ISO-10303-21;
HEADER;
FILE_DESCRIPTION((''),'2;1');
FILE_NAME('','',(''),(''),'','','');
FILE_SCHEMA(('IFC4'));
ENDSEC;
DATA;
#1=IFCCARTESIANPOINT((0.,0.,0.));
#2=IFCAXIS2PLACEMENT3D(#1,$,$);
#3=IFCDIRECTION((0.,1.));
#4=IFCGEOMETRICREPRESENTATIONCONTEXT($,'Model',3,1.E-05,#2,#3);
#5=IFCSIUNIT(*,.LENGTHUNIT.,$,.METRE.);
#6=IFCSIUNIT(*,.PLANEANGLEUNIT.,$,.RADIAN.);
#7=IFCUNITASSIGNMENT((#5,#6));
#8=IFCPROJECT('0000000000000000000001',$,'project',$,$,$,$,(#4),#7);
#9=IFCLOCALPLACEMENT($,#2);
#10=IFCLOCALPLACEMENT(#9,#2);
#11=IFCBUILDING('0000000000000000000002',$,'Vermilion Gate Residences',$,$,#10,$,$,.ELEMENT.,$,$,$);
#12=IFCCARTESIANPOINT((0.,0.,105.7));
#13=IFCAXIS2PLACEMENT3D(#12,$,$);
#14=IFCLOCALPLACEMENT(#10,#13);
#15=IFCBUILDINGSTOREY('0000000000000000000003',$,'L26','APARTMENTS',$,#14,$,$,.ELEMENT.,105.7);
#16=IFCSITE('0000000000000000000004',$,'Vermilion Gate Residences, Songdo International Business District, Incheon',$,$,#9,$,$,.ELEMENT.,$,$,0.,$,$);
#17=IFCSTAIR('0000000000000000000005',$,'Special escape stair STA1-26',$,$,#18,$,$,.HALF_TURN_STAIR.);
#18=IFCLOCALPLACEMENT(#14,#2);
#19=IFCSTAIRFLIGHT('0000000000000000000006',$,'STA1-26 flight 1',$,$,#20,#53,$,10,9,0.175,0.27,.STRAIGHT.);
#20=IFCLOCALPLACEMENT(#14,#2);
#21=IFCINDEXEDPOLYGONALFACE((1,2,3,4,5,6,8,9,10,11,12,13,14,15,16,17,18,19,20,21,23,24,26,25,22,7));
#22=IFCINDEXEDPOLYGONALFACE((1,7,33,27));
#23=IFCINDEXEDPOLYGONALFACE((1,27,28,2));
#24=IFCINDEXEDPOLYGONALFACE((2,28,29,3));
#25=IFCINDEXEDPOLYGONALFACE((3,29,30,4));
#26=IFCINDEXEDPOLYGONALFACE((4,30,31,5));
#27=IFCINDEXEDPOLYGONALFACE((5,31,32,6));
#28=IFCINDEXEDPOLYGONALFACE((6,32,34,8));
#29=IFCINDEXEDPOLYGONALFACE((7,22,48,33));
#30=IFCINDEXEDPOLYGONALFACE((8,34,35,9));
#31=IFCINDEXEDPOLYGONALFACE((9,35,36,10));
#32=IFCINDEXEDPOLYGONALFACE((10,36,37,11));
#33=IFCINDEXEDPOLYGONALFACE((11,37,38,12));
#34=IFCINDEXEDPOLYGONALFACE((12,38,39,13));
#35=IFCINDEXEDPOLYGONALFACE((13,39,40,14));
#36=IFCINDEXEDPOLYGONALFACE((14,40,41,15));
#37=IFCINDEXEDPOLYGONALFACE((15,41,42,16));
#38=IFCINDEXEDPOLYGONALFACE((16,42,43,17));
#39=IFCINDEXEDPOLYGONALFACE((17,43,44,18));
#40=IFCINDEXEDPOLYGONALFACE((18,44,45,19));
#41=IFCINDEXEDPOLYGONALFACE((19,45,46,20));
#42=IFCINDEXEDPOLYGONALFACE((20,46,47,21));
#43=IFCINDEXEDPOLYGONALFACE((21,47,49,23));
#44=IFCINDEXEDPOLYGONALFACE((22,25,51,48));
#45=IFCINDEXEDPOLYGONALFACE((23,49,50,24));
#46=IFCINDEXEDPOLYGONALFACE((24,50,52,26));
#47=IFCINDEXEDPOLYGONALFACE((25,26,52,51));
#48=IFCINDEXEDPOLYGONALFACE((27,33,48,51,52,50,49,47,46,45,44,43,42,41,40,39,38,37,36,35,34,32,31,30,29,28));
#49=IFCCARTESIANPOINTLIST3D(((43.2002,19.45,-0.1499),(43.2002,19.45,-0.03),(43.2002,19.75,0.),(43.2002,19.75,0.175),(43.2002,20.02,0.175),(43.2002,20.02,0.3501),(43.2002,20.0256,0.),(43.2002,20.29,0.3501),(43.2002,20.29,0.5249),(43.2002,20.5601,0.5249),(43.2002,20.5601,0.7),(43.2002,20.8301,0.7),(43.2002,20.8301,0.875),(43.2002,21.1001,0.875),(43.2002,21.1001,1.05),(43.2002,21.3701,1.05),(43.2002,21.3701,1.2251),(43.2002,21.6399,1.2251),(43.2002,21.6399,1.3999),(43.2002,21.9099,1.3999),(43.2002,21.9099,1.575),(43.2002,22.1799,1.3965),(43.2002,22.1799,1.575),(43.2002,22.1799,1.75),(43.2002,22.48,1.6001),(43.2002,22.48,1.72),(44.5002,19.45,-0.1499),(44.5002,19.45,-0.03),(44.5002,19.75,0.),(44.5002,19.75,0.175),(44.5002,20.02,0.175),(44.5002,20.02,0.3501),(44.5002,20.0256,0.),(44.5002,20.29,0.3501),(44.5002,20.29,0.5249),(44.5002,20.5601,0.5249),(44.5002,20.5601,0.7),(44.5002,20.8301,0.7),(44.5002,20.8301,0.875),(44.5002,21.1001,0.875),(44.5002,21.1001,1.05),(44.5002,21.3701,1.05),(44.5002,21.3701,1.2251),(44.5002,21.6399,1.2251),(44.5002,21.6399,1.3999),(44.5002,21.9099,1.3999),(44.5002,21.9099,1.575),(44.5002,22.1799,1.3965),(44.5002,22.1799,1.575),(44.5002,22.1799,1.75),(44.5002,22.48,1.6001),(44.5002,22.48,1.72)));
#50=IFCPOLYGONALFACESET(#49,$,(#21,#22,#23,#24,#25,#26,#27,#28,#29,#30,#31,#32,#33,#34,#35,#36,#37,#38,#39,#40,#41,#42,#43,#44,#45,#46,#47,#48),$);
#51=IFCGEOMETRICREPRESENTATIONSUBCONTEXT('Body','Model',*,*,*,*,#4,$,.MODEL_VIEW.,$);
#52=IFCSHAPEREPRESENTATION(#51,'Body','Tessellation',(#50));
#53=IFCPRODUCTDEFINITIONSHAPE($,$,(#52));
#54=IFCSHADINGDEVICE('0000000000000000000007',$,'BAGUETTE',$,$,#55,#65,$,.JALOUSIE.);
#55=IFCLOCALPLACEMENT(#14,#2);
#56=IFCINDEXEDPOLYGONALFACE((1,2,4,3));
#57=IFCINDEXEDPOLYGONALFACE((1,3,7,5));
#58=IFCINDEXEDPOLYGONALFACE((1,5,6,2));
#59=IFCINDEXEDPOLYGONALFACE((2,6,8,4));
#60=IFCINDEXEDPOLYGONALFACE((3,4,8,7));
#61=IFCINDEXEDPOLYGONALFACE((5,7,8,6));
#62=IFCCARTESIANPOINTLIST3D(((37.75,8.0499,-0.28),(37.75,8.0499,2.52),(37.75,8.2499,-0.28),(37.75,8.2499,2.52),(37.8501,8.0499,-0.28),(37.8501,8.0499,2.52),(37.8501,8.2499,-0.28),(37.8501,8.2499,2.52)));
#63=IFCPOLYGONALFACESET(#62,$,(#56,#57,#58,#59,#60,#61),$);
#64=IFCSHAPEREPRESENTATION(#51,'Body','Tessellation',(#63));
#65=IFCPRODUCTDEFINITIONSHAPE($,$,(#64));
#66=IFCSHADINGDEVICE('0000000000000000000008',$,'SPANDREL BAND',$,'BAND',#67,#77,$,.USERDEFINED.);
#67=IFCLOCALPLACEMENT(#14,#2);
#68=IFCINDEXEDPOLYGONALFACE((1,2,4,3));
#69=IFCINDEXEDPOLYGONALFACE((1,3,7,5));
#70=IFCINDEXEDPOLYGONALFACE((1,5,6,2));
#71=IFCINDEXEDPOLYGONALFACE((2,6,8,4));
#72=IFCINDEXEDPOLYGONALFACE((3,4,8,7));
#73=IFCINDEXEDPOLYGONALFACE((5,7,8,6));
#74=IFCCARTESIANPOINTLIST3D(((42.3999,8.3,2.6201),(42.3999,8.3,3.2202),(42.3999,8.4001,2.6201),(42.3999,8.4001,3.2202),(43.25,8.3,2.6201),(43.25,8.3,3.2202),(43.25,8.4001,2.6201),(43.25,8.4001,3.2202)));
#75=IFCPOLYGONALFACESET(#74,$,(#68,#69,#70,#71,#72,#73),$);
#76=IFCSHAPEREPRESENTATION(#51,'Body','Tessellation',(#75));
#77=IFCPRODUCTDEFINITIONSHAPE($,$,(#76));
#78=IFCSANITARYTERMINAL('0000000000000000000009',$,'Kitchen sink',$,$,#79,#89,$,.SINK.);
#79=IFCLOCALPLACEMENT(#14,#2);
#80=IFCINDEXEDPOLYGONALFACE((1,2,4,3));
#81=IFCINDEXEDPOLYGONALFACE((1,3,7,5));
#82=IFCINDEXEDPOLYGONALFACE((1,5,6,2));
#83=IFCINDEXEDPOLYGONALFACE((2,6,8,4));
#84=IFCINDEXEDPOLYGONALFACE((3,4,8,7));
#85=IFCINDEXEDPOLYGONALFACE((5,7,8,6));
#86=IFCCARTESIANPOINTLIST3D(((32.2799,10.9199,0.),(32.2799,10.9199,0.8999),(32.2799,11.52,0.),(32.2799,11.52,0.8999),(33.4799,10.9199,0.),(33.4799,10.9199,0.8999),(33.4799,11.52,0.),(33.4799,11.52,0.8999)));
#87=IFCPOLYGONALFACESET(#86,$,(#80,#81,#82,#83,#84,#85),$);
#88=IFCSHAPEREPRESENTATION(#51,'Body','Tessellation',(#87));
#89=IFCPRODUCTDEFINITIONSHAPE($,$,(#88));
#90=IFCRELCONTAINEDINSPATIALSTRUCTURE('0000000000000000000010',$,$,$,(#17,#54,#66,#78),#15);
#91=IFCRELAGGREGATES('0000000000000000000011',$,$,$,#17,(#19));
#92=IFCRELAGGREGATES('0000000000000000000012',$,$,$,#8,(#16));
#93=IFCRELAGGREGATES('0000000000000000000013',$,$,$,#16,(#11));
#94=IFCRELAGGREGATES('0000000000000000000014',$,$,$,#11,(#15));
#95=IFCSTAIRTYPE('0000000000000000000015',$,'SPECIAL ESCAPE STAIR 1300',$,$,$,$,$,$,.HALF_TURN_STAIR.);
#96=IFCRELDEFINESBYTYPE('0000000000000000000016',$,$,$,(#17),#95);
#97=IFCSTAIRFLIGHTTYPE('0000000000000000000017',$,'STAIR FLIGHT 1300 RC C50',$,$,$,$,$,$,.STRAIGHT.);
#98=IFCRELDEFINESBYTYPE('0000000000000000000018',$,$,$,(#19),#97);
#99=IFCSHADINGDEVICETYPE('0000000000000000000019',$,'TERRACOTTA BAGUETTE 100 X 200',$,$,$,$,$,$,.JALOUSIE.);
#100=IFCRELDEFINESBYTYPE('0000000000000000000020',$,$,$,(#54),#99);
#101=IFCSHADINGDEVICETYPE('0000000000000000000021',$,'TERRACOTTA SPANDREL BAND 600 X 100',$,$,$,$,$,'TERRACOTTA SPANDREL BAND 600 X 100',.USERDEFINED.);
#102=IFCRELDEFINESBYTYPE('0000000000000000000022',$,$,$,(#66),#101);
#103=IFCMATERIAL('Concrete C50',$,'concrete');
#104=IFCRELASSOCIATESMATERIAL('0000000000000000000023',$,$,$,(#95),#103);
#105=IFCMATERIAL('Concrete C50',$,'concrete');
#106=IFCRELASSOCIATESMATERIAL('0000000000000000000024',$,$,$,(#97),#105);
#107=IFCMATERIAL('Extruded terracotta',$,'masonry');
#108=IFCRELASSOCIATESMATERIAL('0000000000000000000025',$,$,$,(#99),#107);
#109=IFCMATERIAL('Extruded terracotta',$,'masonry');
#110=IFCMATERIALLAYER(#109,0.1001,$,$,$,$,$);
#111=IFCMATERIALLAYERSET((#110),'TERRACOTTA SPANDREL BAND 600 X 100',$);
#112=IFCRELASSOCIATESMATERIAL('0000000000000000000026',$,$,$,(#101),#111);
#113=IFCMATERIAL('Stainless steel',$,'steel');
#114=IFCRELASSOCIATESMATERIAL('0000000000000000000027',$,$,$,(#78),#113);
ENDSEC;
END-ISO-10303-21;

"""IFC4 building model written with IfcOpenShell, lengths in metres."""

from ifc_helpers import new_model, si_unit, direction, frame, origin, origin_2d, place, context, subcontext, project, spatial, polyline, rectangle, outline, extrude, material, layer, layer_set, material_profile, profile_set, type_object, element, aggregate, save


model = new_model("IFC4")

# Units and contexts
model_context = context("Model", 3, precision=1e-05, world=origin(), true_north=direction((0.0, 1.0)))
body_context = subcontext(model_context, "Body", "Model", "MODEL_VIEW")
ifc_project = project(units=[si_unit("LENGTHUNIT", "METRE"), si_unit("PLANEANGLEUNIT", "RADIAN")], contexts=[model_context])

# Site, building, storey
site_placement = place(None, origin())
site = spatial("IfcSite", under=ifc_project, at=site_placement, Name="Vermilion Gate Residences, Songdo International Business District, Incheon", CompositionType="ELEMENT", RefElevation=0.0)
building_placement = place(site_placement, origin())
building = spatial("IfcBuilding", under=site, at=building_placement, Name="Vermilion Gate Residences", CompositionType="ELEMENT")
storey_placement = place(building_placement, frame((0.0, 0.0, 105.7)))
storey = spatial("IfcBuildingStorey", under=building, at=storey_placement, Name="L26", Description="APARTMENTS", CompositionType="ELEMENT", Elevation=105.7)

# Stair, stair flight
ifc_material_1 = material(Name="Concrete C50", Category="concrete")
stair_type = type_object("IfcStairType", Name="SPECIAL ESCAPE STAIR 1300", PredefinedType="HALF_TURN_STAIR", material=ifc_material_1)
stair_placement = place(storey_placement, origin())
stair = element("IfcStair", 1, at=stair_placement, inside=storey, type_object=stair_type, Name="Special escape stair STA1-26", PredefinedType="HALF_TURN_STAIR")
ifc_material_2 = material(Name="Concrete C50", Category="concrete")
stair_flight_type = type_object("IfcStairFlightType", Name="STAIR FLIGHT 1300 RC C50", PredefinedType="STRAIGHT", material=ifc_material_2)
stair_flight_placement = place(storey_placement, frame((43.8501, 19.75, 0.0), z_axis=(0.0, 0.0, 1.0), x_axis=(0.0, 1.0, 0.0)))
stair_flight = element("IfcStairFlight", 2, at=stair_flight_placement, type_object=stair_flight_type, Name="STA1-26 flight 1", NumberOfRisers=10, NumberOfTreads=9, PredefinedType="STRAIGHT", RiserHeight=0.175, TreadLength=0.27, context=body_context, shape_type="SweptSolid", body=[
    extrude(outline(polyline([(-0.3, -0.1499), (-0.3, -0.03), (0.0, 0.0), (0.0, 0.175), (0.27, 0.175), (0.27, 0.3501), (0.54, 0.3501), (0.54, 0.5249), (0.8101, 0.5249), (0.8101, 0.7), (1.0801, 0.7), (1.0801, 0.875), (1.3501, 0.875), (1.3501, 1.05), (1.6201, 1.05), (1.6201, 1.2251), (1.8899, 1.2251), (1.8899, 1.3999), (2.1599, 1.3999), (2.1599, 1.575), (2.4299, 1.575), (2.4299, 1.75), (2.73, 1.72), (2.73, 1.6001), (2.4299, 1.3965), (0.2756, 0.0), (-0.3, -0.1499)])), frame((0.0, 0.6499, 0.0), z_axis=(0.0, -1.0, 0.0), x_axis=(1.0, 0.0, 0.0)), (0.0, 0.0, 1.0), 1.3),
])
aggregate(stair, [stair_flight])

# Shading devices
ifc_material_3 = material(Name="Extruded terracotta", Category="masonry")
ifc_material_profile_1 = material_profile(ifc_material_3, rectangle(XDim=0.2, YDim=0.1001, at=origin_2d()), Name="BAGUETTE 100 X 200")
ifc_profile_set_1 = profile_set([ifc_material_profile_1], Name="Extruded terracotta")
shading_device_type_1 = type_object("IfcShadingDeviceType", Name="TERRACOTTA BAGUETTE 100 X 200", PredefinedType="JALOUSIE", material=ifc_profile_set_1)
shading_device_1_placement = place(storey_placement, frame((37.8, 8.1499, -0.28), z_axis=(0.0, 0.0, 1.0), x_axis=(0.0, 1.0, 0.0)))
element("IfcShadingDevice", 3, at=shading_device_1_placement, inside=storey, type_object=shading_device_type_1, Name="BAGUETTE", PredefinedType="JALOUSIE", context=body_context, shape_type="SweptSolid", body=[
    extrude(rectangle(XDim=0.2, YDim=0.1001, at=origin_2d()), origin(), (0.0, 0.0, 1.0), 2.8),
])
ifc_material_4 = material(Name="Extruded terracotta", Category="masonry")
ifc_layer_1 = layer(ifc_material_4, 0.1001)
ifc_layer_set_1 = layer_set([ifc_layer_1], Name="TERRACOTTA SPANDREL BAND 600 X 100")
shading_device_type_2 = type_object("IfcShadingDeviceType", Name="TERRACOTTA SPANDREL BAND 600 X 100", ElementType="TERRACOTTA SPANDREL BAND 600 X 100", PredefinedType="USERDEFINED", material=ifc_layer_set_1)
shading_device_2_placement = place(storey_placement, frame((42.825, 8.3501, 2.6201), z_axis=(0.0, 0.0, 1.0), x_axis=(1.0, 0.0, 0.0)))
element("IfcShadingDevice", 4, at=shading_device_2_placement, inside=storey, type_object=shading_device_type_2, Name="SPANDREL BAND", ObjectType="BAND", PredefinedType="USERDEFINED", context=body_context, shape_type="SweptSolid", body=[
    extrude(rectangle(XDim=0.8501, YDim=0.1001, at=origin_2d()), origin(), (0.0, 0.0, 1.0), 0.6001),
])

# Sanitary terminal
ifc_material_5 = material(Name="Stainless steel", Category="steel")
sanitary_terminal_placement = place(storey_placement, frame((32.8799, 11.22, 0.0), z_axis=(0.0, 0.0, 1.0), x_axis=(1.0, 0.0, 0.0)))
element("IfcSanitaryTerminal", 5, at=sanitary_terminal_placement, inside=storey, material=ifc_material_5, Name="Kitchen sink", PredefinedType="SINK", context=body_context, shape_type="SweptSolid", body=[
    extrude(rectangle(XDim=1.2, YDim=0.6001, at=origin_2d()), origin(), (0.0, 0.0, 1.0), 0.8999),
])

save(model, "model.ifc")
